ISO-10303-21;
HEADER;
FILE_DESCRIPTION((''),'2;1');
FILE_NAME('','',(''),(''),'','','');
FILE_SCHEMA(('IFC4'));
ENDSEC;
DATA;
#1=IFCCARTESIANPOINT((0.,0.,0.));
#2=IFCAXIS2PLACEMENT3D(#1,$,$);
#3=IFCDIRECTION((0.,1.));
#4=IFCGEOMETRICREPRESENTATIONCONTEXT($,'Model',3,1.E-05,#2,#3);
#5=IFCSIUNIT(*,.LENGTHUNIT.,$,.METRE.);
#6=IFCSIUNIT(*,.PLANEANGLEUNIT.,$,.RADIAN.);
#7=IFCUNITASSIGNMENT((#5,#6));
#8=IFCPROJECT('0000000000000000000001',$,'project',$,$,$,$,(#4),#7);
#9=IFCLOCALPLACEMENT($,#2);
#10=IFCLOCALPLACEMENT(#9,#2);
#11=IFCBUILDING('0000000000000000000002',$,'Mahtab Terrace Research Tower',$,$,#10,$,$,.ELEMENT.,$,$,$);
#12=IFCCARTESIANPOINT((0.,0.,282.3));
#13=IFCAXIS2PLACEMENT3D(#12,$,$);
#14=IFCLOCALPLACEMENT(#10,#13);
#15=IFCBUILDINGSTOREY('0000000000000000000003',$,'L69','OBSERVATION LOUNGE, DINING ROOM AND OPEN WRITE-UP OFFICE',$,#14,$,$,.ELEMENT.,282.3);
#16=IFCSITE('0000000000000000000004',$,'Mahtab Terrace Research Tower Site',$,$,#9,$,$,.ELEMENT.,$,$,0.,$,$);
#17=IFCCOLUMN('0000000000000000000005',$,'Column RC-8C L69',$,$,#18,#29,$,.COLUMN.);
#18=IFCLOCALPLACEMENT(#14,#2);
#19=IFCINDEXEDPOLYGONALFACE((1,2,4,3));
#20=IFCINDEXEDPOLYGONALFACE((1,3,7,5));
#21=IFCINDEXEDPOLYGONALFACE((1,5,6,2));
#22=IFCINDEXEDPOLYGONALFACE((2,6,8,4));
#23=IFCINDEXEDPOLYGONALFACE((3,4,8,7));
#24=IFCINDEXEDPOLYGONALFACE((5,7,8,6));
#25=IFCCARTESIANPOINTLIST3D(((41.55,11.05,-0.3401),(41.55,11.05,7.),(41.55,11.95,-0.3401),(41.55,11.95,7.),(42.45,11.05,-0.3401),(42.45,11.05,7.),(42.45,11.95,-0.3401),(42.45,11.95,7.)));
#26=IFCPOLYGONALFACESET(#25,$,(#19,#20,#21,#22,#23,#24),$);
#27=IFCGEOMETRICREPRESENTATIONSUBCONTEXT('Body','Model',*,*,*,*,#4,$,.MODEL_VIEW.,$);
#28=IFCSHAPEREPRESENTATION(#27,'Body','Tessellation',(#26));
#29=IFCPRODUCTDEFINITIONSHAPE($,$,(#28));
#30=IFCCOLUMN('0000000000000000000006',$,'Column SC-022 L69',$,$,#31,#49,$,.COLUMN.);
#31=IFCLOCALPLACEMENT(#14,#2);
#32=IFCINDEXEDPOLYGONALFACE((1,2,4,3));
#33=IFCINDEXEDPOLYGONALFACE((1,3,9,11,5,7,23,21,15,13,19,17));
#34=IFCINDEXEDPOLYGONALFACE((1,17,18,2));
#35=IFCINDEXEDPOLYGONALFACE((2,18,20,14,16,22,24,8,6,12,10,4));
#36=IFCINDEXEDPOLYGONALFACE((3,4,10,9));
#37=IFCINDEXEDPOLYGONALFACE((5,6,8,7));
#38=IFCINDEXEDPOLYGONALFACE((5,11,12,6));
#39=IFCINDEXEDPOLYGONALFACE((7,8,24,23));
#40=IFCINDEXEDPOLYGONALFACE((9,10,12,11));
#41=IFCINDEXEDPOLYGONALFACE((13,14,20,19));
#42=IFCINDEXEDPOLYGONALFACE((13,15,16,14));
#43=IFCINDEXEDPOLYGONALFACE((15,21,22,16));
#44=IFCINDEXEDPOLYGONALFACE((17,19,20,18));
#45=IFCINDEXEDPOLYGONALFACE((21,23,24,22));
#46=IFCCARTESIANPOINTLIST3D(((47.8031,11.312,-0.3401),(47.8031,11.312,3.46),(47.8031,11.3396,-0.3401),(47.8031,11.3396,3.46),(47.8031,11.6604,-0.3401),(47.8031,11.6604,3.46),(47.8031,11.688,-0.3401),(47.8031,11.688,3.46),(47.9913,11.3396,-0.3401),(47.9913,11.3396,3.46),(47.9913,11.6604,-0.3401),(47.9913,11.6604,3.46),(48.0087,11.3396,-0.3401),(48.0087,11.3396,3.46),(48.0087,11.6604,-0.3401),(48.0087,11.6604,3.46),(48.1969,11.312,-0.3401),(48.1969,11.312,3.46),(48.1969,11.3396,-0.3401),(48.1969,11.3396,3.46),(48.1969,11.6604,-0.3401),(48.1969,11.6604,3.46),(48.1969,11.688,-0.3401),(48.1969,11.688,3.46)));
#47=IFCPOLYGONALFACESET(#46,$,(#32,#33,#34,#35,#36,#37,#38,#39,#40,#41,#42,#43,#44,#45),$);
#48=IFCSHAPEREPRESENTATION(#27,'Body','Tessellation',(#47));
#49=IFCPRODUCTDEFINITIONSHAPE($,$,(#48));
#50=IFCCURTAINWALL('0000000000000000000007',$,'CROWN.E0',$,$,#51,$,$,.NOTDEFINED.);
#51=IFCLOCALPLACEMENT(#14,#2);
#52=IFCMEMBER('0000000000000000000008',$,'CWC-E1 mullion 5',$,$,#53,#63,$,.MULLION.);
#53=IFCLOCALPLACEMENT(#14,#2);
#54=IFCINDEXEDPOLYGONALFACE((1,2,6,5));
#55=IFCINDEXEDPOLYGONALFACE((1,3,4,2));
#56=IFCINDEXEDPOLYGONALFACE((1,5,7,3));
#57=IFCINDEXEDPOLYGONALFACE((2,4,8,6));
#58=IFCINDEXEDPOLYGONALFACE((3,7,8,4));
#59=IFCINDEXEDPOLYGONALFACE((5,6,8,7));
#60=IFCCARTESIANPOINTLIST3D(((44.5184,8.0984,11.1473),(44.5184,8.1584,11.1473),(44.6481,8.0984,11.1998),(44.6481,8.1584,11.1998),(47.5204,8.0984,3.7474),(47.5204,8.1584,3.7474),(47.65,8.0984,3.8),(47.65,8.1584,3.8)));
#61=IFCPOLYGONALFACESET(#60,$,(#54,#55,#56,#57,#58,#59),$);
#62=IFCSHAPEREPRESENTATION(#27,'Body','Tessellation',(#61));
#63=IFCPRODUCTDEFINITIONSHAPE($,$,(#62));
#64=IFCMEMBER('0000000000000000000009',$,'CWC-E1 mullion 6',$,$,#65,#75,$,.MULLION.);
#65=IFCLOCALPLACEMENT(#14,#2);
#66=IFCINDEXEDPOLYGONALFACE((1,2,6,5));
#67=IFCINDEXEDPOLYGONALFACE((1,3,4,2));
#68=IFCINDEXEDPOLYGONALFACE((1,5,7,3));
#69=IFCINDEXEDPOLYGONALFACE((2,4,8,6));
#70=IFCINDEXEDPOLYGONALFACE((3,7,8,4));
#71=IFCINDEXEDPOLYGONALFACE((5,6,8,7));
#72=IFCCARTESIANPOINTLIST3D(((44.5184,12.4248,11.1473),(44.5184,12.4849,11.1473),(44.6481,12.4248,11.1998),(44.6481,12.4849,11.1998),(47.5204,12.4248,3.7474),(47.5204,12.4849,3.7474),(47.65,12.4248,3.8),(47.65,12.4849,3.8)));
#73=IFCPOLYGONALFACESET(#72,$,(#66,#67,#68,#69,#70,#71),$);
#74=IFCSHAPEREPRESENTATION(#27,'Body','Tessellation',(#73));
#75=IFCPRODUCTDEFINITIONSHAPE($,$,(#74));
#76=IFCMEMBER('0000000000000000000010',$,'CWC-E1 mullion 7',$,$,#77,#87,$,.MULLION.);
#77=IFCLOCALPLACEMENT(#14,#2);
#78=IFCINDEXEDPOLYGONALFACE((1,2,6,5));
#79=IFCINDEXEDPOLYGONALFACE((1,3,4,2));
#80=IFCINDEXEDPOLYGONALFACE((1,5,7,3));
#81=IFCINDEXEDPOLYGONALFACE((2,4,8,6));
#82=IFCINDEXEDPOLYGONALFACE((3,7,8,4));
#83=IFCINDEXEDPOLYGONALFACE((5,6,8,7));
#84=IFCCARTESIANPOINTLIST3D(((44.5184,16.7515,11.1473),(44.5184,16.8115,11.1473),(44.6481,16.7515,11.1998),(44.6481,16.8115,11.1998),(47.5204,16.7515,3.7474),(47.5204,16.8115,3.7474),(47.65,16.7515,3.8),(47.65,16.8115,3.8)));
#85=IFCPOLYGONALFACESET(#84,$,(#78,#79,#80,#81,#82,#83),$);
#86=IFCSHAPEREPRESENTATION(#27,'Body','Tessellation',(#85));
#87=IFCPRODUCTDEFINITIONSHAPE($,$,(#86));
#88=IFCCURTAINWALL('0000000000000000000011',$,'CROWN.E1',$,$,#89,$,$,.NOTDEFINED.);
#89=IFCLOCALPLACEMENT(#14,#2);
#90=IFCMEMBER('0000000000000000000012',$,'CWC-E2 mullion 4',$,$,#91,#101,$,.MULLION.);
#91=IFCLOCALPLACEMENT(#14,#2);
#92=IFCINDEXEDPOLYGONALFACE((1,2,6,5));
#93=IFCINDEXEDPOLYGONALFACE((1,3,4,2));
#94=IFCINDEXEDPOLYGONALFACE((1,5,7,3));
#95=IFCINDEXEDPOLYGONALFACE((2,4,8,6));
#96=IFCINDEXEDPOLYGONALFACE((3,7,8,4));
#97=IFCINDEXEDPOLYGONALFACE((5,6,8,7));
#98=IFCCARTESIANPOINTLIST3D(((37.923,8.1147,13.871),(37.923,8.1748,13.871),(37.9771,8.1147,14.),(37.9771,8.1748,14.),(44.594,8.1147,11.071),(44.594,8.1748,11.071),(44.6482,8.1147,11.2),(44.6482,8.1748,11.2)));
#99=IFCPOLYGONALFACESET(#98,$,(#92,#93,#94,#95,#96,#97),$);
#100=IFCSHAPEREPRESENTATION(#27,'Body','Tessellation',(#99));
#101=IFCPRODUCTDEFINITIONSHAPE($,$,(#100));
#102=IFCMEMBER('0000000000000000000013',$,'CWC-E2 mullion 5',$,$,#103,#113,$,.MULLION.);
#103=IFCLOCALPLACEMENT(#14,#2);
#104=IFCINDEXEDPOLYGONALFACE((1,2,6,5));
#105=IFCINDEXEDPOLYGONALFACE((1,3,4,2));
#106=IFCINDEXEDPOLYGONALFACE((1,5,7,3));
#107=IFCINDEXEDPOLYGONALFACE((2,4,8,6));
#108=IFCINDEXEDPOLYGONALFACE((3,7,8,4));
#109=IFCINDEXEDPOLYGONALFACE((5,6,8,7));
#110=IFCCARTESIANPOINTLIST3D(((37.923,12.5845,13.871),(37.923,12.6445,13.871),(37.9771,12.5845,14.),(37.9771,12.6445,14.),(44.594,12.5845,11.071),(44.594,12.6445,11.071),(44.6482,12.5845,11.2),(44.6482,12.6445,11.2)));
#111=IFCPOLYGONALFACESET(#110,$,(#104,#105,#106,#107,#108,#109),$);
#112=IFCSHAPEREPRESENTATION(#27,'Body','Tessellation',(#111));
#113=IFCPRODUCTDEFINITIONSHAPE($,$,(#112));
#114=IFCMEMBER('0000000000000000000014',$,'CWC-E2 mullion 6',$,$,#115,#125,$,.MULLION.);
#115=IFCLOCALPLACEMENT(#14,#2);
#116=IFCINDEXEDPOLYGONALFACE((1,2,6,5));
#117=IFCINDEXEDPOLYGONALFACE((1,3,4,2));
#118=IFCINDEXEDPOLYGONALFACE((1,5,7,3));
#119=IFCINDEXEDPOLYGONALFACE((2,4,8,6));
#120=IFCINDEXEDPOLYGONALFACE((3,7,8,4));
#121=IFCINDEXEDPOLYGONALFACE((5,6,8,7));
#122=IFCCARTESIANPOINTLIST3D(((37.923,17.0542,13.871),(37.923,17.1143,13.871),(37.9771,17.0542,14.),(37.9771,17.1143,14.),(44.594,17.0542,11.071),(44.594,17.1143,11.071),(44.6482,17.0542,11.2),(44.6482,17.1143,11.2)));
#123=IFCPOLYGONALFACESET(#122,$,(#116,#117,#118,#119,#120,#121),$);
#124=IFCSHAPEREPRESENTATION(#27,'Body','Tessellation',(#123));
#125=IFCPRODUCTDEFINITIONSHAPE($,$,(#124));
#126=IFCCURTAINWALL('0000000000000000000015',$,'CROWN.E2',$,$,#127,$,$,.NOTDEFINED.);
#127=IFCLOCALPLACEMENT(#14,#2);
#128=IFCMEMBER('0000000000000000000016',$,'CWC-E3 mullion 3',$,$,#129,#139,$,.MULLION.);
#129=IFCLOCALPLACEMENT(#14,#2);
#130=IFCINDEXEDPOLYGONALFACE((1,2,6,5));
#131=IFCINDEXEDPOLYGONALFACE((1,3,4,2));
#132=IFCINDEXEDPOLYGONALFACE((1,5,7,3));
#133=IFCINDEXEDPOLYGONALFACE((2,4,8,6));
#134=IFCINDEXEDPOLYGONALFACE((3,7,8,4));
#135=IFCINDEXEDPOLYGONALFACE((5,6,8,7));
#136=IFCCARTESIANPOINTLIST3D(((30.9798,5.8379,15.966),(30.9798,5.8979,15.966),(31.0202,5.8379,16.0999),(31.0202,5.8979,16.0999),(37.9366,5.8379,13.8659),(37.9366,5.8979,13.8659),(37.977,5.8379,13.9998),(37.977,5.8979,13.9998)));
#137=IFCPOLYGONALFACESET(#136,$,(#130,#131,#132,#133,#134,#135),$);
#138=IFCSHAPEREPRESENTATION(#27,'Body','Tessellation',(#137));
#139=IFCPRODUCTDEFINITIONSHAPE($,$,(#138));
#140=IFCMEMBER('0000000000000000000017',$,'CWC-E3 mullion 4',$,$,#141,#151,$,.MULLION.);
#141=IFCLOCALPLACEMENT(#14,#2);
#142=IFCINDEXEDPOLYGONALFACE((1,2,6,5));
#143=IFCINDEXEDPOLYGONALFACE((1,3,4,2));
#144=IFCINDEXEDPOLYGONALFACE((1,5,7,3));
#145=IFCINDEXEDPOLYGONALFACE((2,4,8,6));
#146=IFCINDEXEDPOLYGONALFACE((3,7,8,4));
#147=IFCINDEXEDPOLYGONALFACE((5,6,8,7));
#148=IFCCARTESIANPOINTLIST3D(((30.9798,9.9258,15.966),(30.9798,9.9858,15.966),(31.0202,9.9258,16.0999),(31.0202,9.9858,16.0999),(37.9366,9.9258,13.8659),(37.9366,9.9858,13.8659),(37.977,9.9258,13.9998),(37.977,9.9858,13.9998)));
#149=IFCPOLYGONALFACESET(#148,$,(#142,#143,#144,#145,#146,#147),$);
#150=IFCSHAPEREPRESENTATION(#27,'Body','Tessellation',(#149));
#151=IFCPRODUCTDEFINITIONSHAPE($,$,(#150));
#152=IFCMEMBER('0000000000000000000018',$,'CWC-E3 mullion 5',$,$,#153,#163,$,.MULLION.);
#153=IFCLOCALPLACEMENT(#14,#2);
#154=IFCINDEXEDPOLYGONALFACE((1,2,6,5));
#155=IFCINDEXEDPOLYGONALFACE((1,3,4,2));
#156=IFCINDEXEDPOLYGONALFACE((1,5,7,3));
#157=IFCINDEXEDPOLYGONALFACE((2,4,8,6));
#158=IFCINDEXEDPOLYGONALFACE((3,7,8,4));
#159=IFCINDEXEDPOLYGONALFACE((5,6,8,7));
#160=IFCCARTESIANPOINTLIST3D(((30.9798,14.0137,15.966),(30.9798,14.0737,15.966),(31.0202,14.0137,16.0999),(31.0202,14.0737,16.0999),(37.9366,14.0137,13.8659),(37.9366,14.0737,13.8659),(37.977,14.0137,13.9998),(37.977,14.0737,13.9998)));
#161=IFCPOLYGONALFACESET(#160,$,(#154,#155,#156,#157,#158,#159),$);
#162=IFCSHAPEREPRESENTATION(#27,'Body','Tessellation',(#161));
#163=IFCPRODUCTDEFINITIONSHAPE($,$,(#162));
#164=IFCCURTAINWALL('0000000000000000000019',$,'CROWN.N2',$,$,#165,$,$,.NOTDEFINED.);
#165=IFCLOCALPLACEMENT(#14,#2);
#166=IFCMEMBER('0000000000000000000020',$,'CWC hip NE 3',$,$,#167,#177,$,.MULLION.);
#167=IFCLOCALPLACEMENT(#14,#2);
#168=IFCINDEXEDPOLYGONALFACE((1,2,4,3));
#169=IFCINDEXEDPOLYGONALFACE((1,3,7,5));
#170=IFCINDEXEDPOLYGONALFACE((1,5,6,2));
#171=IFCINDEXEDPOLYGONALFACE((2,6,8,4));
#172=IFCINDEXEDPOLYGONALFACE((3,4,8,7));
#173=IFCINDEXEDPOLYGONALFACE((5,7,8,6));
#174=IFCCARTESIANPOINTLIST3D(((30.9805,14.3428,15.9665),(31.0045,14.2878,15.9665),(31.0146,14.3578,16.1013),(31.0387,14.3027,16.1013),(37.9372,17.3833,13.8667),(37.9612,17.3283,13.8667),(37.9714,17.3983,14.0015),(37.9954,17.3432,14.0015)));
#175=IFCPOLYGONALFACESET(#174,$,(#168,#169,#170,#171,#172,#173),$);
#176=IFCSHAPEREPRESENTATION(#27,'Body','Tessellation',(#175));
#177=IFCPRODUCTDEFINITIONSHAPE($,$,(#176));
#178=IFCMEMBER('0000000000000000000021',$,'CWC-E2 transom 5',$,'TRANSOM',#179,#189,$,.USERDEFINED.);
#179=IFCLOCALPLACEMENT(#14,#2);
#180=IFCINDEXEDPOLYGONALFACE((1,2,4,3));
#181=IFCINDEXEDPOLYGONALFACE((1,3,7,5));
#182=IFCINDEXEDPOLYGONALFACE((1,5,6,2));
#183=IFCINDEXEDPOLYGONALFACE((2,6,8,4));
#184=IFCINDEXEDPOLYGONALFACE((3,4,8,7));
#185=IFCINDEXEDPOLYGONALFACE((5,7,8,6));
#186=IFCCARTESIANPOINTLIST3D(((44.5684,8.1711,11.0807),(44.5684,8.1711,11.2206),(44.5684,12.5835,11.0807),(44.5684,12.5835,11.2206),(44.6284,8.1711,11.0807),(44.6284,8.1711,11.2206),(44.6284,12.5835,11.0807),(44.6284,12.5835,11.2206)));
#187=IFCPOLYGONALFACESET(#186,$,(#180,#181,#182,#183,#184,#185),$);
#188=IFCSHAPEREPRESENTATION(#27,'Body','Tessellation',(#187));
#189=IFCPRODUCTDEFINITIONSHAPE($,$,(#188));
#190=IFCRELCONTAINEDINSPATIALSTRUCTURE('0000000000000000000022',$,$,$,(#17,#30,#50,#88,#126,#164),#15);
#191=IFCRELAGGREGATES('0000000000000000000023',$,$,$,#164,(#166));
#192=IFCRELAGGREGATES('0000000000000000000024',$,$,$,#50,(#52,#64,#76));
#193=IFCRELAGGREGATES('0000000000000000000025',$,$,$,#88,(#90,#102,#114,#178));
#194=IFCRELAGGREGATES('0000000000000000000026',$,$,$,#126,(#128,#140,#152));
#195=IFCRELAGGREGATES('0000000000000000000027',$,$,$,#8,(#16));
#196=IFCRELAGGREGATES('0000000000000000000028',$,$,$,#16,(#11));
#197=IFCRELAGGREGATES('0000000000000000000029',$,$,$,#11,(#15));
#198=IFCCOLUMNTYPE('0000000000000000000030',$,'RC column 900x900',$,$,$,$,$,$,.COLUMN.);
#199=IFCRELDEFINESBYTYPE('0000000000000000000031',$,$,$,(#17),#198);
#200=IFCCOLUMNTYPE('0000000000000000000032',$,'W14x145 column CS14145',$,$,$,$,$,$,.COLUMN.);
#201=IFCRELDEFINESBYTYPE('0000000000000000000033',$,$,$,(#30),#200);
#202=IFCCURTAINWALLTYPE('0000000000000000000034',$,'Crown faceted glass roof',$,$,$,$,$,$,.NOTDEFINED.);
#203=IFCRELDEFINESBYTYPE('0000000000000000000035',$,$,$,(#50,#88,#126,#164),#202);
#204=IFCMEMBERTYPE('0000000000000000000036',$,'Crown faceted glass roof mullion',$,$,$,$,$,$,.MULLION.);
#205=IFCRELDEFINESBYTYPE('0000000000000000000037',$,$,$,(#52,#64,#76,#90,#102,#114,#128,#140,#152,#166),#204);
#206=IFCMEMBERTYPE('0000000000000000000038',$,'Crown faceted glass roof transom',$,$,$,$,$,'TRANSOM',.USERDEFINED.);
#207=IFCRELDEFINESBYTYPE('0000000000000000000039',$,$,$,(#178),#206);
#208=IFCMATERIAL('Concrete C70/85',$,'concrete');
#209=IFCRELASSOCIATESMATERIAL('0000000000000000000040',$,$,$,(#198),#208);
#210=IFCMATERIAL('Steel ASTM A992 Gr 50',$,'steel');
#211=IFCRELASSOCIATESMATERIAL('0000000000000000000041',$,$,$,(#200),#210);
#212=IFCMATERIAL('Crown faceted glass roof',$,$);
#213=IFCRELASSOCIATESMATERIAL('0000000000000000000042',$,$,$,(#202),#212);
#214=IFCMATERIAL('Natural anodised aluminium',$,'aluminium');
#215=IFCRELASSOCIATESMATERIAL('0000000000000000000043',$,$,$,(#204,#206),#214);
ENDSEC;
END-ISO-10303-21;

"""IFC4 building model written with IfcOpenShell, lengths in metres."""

from ifc_helpers import new_model, si_unit, direction, frame, origin, origin_2d, place, context, subcontext, project, spatial, rectangle, i_section, extrude, material, material_profile, profile_set, type_object, element, aggregate, save


model = new_model("IFC4")

# Units and contexts
model_context = context("Model", 3, precision=1e-05, world=origin(), true_north=direction((0.0, 1.0)))
body_context = subcontext(model_context, "Body", "Model", "MODEL_VIEW")
ifc_project = project(units=[si_unit("LENGTHUNIT", "METRE"), si_unit("PLANEANGLEUNIT", "RADIAN")], contexts=[model_context])

# Site, building, storey
site_placement = place(None, origin())
site = spatial("IfcSite", under=ifc_project, at=site_placement, Name="Mahtab Terrace Research Tower Site", CompositionType="ELEMENT", RefElevation=0.0)
building_placement = place(site_placement, origin())
building = spatial("IfcBuilding", under=site, at=building_placement, Name="Mahtab Terrace Research Tower", CompositionType="ELEMENT")
storey_placement = place(building_placement, frame((0.0, 0.0, 282.3)))
storey = spatial("IfcBuildingStorey", under=building, at=storey_placement, Name="L69", Description="OBSERVATION LOUNGE, DINING ROOM AND OPEN WRITE-UP OFFICE", CompositionType="ELEMENT", Elevation=282.3)

# Columns
ifc_material_1 = material(Name="Concrete C70/85", Category="concrete")
ifc_material_profile_1 = material_profile(ifc_material_1, rectangle(XDim=0.8999, YDim=0.8999, at=origin_2d()), Name="RC column 900x900")
ifc_profile_set_1 = profile_set([ifc_material_profile_1], Name="Concrete C70/85")
column_type_1 = type_object("IfcColumnType", Name="RC column 900x900", PredefinedType="COLUMN", material=ifc_profile_set_1)
column_1_placement = place(storey_placement, frame((42.0, 11.5, -0.3401), z_axis=(0.0, 0.0, 1.0), x_axis=(1.0, 0.0, 0.0)))
element("IfcColumn", 1, at=column_1_placement, inside=storey, type_object=column_type_1, Name="Column RC-8C L69", PredefinedType="COLUMN", context=body_context, shape_type="SweptSolid", body=[
    extrude(rectangle(XDim=0.8999, YDim=0.8999, at=origin_2d()), origin(), (0.0, 0.0, 1.0), 7.3401),
])
ifc_material_2 = material(Name="Steel ASTM A992 Gr 50", Category="steel")
ifc_material_profile_2 = material_profile(ifc_material_2, i_section(OverallWidth=0.3938, OverallDepth=0.376, WebThickness=0.0173, FlangeThickness=0.0276, at=origin_2d()), Name="W14X145")
ifc_profile_set_2 = profile_set([ifc_material_profile_2], Name="Steel ASTM A992 Gr 50")
column_type_2 = type_object("IfcColumnType", Name="W14x145 column CS14145", PredefinedType="COLUMN", material=ifc_profile_set_2)
column_2_placement = place(storey_placement, frame((48.0, 11.5, -0.3401), z_axis=(0.0, 0.0, 1.0), x_axis=(1.0, 0.0, 0.0)))
element("IfcColumn", 2, at=column_2_placement, inside=storey, type_object=column_type_2, Name="Column SC-022 L69", PredefinedType="COLUMN", context=body_context, shape_type="SweptSolid", body=[
    extrude(i_section(OverallWidth=0.3938, OverallDepth=0.376, WebThickness=0.0173, FlangeThickness=0.0276, at=origin_2d()), origin(), (0.0, 0.0, 1.0), 3.8),
])

# Curtain walls, members
ifc_material_3 = material(Name="Crown faceted glass roof")
curtain_wall_type_1 = type_object("IfcCurtainWallType", Name="Crown faceted glass roof", PredefinedType="NOTDEFINED", material=ifc_material_3)
curtain_wall_1_placement = place(storey_placement, origin())
curtain_wall_1 = element("IfcCurtainWall", 3, at=curtain_wall_1_placement, inside=storey, type_object=curtain_wall_type_1, Name="CROWN.E0", PredefinedType="NOTDEFINED")
ifc_material_4 = material(Name="Natural anodised aluminium", Category="aluminium")
ifc_material_profile_3 = material_profile(ifc_material_4, rectangle(XDim=0.0601, YDim=0.1399, at=origin_2d()), Name="MULLION 60x140")
ifc_profile_set_3 = profile_set([ifc_material_profile_3], Name="Natural anodised aluminium")
member_type_1 = type_object("IfcMemberType", Name="Crown faceted glass roof mullion", PredefinedType="MULLION", material=ifc_profile_set_3)
member_1_placement = place(storey_placement, frame((47.5852, 8.1284, 3.7737), z_axis=(-0.375919, 0.0, 0.926652), x_axis=(0.0, -1.0, 0.0)))
member_1 = element("IfcMember", 4, at=member_1_placement, type_object=member_type_1, Name="CWC-E1 mullion 5", PredefinedType="MULLION", context=body_context, shape_type="SweptSolid", body=[
    extrude(rectangle(XDim=0.0601, YDim=0.1399, at=origin_2d()), origin(), (0.0, 0.0, 1.0), 7.9856),
])
member_2_placement = place(storey_placement, frame((47.5852, 12.4548, 3.7737), z_axis=(-0.375919, 0.0, 0.926652), x_axis=(0.0, -1.0, 0.0)))
member_2 = element("IfcMember", 5, at=member_2_placement, type_object=member_type_1, Name="CWC-E1 mullion 6", PredefinedType="MULLION", context=body_context, shape_type="SweptSolid", body=[
    extrude(rectangle(XDim=0.0601, YDim=0.1399, at=origin_2d()), origin(), (0.0, 0.0, 1.0), 7.9856),
])
member_3_placement = place(storey_placement, frame((47.5852, 16.7815, 3.7737), z_axis=(-0.375919, 0.0, 0.926652), x_axis=(0.0, -1.0, 0.0)))
member_3 = element("IfcMember", 6, at=member_3_placement, type_object=member_type_1, Name="CWC-E1 mullion 7", PredefinedType="MULLION", context=body_context, shape_type="SweptSolid", body=[
    extrude(rectangle(XDim=0.0601, YDim=0.1399, at=origin_2d()), origin(), (0.0, 0.0, 1.0), 7.9856),
])
curtain_wall_2_placement = place(storey_placement, origin())
curtain_wall_2 = element("IfcCurtainWall", 7, at=curtain_wall_2_placement, inside=storey, type_object=curtain_wall_type_1, Name="CROWN.E1", PredefinedType="NOTDEFINED")
member_4_placement = place(storey_placement, frame((44.6211, 8.1448, 11.1355), z_axis=(-0.922072, 0.0, 0.387017), x_axis=(0.0, -1.0, 0.0)))
member_4 = element("IfcMember", 8, at=member_4_placement, type_object=member_type_1, Name="CWC-E2 mullion 4", PredefinedType="MULLION", context=body_context, shape_type="SweptSolid", body=[
    extrude(rectangle(XDim=0.0601, YDim=0.1399, at=origin_2d()), origin(), (0.0, 0.0, 1.0), 7.2349),
])
member_5_placement = place(storey_placement, frame((44.6211, 12.6145, 11.1355), z_axis=(-0.922072, 0.0, 0.387017), x_axis=(0.0, -1.0, 0.0)))
member_5 = element("IfcMember", 9, at=member_5_placement, type_object=member_type_1, Name="CWC-E2 mullion 5", PredefinedType="MULLION", context=body_context, shape_type="SweptSolid", body=[
    extrude(rectangle(XDim=0.0601, YDim=0.1399, at=origin_2d()), origin(), (0.0, 0.0, 1.0), 7.2349),
])
member_6_placement = place(storey_placement, frame((44.6211, 17.0842, 11.1355), z_axis=(-0.922072, 0.0, 0.387017), x_axis=(0.0, -1.0, 0.0)))
member_6 = element("IfcMember", 10, at=member_6_placement, type_object=member_type_1, Name="CWC-E2 mullion 6", PredefinedType="MULLION", context=body_context, shape_type="SweptSolid", body=[
    extrude(rectangle(XDim=0.0601, YDim=0.1399, at=origin_2d()), origin(), (0.0, 0.0, 1.0), 7.2349),
])
curtain_wall_3_placement = place(storey_placement, origin())
curtain_wall_3 = element("IfcCurtainWall", 11, at=curtain_wall_3_placement, inside=storey, type_object=curtain_wall_type_1, Name="CROWN.E2", PredefinedType="NOTDEFINED")
member_7_placement = place(storey_placement, frame((37.9568, 5.8679, 13.9329), z_axis=(-0.95733, 0.0, 0.288996), x_axis=(0.0, -1.0, 0.0)))
member_7 = element("IfcMember", 12, at=member_7_placement, type_object=member_type_1, Name="CWC-E3 mullion 3", PredefinedType="MULLION", context=body_context, shape_type="SweptSolid", body=[
    extrude(rectangle(XDim=0.0601, YDim=0.1399, at=origin_2d()), origin(), (0.0, 0.0, 1.0), 7.2668),
])
member_8_placement = place(storey_placement, frame((37.9568, 9.9558, 13.9329), z_axis=(-0.95733, 0.0, 0.288996), x_axis=(0.0, -1.0, 0.0)))
member_8 = element("IfcMember", 13, at=member_8_placement, type_object=member_type_1, Name="CWC-E3 mullion 4", PredefinedType="MULLION", context=body_context, shape_type="SweptSolid", body=[
    extrude(rectangle(XDim=0.0601, YDim=0.1399, at=origin_2d()), origin(), (0.0, 0.0, 1.0), 7.2668),
])
member_9_placement = place(storey_placement, frame((37.9568, 14.0437, 13.9329), z_axis=(-0.95733, 0.0, 0.288996), x_axis=(0.0, -1.0, 0.0)))
member_9 = element("IfcMember", 14, at=member_9_placement, type_object=member_type_1, Name="CWC-E3 mullion 5", PredefinedType="MULLION", context=body_context, shape_type="SweptSolid", body=[
    extrude(rectangle(XDim=0.0601, YDim=0.1399, at=origin_2d()), origin(), (0.0, 0.0, 1.0), 7.2668),
])

# Curtain wall, member
curtain_wall_4_placement = place(storey_placement, origin())
curtain_wall_4 = element("IfcCurtainWall", 15, at=curtain_wall_4_placement, inside=storey, type_object=curtain_wall_type_1, Name="CROWN.N2", PredefinedType="NOTDEFINED")
member_10_placement = place(storey_placement, frame((37.9663, 17.3633, 13.9341), z_axis=(-0.883149, -0.385988, 0.266572), x_axis=(0.40048, -0.916306, 0.0)))
member_10 = element("IfcMember", 16, at=member_10_placement, type_object=member_type_1, Name="CWC hip NE 3", PredefinedType="MULLION", context=body_context, shape_type="SweptSolid", body=[
    extrude(rectangle(XDim=0.0601, YDim=0.1399, at=origin_2d()), origin(), (0.0, 0.0, 1.0), 7.8772),
])

# Member
ifc_material_profile_4 = material_profile(ifc_material_4, rectangle(XDim=0.0601, YDim=0.1399, at=origin_2d()), Name="TRANSOM 60x140")
ifc_profile_set_4 = profile_set([ifc_material_profile_4], Name="Natural anodised aluminium")
member_type_2 = type_object("IfcMemberType", Name="Crown faceted glass roof transom", ElementType="TRANSOM", PredefinedType="USERDEFINED", material=ifc_profile_set_4)
member_11_placement = place(storey_placement, frame((44.5984, 8.1711, 11.1506), z_axis=(0.0, 1.0, 0.0), x_axis=(-1.0, 0.0, 0.0)))
member_11 = element("IfcMember", 17, at=member_11_placement, type_object=member_type_2, Name="CWC-E2 transom 5", ObjectType="TRANSOM", PredefinedType="USERDEFINED", context=body_context, shape_type="SweptSolid", body=[
    extrude(rectangle(XDim=0.0601, YDim=0.1399, at=origin_2d()), origin(), (0.0, 0.0, 1.0), 4.4124),
])
aggregate(curtain_wall_4, [member_10])

aggregate(curtain_wall_1, [member_1, member_2, member_3])
aggregate(curtain_wall_2, [member_4, member_5, member_6, member_11])
aggregate(curtain_wall_3, [member_7, member_8, member_9])

save(model, "model.ifc")
